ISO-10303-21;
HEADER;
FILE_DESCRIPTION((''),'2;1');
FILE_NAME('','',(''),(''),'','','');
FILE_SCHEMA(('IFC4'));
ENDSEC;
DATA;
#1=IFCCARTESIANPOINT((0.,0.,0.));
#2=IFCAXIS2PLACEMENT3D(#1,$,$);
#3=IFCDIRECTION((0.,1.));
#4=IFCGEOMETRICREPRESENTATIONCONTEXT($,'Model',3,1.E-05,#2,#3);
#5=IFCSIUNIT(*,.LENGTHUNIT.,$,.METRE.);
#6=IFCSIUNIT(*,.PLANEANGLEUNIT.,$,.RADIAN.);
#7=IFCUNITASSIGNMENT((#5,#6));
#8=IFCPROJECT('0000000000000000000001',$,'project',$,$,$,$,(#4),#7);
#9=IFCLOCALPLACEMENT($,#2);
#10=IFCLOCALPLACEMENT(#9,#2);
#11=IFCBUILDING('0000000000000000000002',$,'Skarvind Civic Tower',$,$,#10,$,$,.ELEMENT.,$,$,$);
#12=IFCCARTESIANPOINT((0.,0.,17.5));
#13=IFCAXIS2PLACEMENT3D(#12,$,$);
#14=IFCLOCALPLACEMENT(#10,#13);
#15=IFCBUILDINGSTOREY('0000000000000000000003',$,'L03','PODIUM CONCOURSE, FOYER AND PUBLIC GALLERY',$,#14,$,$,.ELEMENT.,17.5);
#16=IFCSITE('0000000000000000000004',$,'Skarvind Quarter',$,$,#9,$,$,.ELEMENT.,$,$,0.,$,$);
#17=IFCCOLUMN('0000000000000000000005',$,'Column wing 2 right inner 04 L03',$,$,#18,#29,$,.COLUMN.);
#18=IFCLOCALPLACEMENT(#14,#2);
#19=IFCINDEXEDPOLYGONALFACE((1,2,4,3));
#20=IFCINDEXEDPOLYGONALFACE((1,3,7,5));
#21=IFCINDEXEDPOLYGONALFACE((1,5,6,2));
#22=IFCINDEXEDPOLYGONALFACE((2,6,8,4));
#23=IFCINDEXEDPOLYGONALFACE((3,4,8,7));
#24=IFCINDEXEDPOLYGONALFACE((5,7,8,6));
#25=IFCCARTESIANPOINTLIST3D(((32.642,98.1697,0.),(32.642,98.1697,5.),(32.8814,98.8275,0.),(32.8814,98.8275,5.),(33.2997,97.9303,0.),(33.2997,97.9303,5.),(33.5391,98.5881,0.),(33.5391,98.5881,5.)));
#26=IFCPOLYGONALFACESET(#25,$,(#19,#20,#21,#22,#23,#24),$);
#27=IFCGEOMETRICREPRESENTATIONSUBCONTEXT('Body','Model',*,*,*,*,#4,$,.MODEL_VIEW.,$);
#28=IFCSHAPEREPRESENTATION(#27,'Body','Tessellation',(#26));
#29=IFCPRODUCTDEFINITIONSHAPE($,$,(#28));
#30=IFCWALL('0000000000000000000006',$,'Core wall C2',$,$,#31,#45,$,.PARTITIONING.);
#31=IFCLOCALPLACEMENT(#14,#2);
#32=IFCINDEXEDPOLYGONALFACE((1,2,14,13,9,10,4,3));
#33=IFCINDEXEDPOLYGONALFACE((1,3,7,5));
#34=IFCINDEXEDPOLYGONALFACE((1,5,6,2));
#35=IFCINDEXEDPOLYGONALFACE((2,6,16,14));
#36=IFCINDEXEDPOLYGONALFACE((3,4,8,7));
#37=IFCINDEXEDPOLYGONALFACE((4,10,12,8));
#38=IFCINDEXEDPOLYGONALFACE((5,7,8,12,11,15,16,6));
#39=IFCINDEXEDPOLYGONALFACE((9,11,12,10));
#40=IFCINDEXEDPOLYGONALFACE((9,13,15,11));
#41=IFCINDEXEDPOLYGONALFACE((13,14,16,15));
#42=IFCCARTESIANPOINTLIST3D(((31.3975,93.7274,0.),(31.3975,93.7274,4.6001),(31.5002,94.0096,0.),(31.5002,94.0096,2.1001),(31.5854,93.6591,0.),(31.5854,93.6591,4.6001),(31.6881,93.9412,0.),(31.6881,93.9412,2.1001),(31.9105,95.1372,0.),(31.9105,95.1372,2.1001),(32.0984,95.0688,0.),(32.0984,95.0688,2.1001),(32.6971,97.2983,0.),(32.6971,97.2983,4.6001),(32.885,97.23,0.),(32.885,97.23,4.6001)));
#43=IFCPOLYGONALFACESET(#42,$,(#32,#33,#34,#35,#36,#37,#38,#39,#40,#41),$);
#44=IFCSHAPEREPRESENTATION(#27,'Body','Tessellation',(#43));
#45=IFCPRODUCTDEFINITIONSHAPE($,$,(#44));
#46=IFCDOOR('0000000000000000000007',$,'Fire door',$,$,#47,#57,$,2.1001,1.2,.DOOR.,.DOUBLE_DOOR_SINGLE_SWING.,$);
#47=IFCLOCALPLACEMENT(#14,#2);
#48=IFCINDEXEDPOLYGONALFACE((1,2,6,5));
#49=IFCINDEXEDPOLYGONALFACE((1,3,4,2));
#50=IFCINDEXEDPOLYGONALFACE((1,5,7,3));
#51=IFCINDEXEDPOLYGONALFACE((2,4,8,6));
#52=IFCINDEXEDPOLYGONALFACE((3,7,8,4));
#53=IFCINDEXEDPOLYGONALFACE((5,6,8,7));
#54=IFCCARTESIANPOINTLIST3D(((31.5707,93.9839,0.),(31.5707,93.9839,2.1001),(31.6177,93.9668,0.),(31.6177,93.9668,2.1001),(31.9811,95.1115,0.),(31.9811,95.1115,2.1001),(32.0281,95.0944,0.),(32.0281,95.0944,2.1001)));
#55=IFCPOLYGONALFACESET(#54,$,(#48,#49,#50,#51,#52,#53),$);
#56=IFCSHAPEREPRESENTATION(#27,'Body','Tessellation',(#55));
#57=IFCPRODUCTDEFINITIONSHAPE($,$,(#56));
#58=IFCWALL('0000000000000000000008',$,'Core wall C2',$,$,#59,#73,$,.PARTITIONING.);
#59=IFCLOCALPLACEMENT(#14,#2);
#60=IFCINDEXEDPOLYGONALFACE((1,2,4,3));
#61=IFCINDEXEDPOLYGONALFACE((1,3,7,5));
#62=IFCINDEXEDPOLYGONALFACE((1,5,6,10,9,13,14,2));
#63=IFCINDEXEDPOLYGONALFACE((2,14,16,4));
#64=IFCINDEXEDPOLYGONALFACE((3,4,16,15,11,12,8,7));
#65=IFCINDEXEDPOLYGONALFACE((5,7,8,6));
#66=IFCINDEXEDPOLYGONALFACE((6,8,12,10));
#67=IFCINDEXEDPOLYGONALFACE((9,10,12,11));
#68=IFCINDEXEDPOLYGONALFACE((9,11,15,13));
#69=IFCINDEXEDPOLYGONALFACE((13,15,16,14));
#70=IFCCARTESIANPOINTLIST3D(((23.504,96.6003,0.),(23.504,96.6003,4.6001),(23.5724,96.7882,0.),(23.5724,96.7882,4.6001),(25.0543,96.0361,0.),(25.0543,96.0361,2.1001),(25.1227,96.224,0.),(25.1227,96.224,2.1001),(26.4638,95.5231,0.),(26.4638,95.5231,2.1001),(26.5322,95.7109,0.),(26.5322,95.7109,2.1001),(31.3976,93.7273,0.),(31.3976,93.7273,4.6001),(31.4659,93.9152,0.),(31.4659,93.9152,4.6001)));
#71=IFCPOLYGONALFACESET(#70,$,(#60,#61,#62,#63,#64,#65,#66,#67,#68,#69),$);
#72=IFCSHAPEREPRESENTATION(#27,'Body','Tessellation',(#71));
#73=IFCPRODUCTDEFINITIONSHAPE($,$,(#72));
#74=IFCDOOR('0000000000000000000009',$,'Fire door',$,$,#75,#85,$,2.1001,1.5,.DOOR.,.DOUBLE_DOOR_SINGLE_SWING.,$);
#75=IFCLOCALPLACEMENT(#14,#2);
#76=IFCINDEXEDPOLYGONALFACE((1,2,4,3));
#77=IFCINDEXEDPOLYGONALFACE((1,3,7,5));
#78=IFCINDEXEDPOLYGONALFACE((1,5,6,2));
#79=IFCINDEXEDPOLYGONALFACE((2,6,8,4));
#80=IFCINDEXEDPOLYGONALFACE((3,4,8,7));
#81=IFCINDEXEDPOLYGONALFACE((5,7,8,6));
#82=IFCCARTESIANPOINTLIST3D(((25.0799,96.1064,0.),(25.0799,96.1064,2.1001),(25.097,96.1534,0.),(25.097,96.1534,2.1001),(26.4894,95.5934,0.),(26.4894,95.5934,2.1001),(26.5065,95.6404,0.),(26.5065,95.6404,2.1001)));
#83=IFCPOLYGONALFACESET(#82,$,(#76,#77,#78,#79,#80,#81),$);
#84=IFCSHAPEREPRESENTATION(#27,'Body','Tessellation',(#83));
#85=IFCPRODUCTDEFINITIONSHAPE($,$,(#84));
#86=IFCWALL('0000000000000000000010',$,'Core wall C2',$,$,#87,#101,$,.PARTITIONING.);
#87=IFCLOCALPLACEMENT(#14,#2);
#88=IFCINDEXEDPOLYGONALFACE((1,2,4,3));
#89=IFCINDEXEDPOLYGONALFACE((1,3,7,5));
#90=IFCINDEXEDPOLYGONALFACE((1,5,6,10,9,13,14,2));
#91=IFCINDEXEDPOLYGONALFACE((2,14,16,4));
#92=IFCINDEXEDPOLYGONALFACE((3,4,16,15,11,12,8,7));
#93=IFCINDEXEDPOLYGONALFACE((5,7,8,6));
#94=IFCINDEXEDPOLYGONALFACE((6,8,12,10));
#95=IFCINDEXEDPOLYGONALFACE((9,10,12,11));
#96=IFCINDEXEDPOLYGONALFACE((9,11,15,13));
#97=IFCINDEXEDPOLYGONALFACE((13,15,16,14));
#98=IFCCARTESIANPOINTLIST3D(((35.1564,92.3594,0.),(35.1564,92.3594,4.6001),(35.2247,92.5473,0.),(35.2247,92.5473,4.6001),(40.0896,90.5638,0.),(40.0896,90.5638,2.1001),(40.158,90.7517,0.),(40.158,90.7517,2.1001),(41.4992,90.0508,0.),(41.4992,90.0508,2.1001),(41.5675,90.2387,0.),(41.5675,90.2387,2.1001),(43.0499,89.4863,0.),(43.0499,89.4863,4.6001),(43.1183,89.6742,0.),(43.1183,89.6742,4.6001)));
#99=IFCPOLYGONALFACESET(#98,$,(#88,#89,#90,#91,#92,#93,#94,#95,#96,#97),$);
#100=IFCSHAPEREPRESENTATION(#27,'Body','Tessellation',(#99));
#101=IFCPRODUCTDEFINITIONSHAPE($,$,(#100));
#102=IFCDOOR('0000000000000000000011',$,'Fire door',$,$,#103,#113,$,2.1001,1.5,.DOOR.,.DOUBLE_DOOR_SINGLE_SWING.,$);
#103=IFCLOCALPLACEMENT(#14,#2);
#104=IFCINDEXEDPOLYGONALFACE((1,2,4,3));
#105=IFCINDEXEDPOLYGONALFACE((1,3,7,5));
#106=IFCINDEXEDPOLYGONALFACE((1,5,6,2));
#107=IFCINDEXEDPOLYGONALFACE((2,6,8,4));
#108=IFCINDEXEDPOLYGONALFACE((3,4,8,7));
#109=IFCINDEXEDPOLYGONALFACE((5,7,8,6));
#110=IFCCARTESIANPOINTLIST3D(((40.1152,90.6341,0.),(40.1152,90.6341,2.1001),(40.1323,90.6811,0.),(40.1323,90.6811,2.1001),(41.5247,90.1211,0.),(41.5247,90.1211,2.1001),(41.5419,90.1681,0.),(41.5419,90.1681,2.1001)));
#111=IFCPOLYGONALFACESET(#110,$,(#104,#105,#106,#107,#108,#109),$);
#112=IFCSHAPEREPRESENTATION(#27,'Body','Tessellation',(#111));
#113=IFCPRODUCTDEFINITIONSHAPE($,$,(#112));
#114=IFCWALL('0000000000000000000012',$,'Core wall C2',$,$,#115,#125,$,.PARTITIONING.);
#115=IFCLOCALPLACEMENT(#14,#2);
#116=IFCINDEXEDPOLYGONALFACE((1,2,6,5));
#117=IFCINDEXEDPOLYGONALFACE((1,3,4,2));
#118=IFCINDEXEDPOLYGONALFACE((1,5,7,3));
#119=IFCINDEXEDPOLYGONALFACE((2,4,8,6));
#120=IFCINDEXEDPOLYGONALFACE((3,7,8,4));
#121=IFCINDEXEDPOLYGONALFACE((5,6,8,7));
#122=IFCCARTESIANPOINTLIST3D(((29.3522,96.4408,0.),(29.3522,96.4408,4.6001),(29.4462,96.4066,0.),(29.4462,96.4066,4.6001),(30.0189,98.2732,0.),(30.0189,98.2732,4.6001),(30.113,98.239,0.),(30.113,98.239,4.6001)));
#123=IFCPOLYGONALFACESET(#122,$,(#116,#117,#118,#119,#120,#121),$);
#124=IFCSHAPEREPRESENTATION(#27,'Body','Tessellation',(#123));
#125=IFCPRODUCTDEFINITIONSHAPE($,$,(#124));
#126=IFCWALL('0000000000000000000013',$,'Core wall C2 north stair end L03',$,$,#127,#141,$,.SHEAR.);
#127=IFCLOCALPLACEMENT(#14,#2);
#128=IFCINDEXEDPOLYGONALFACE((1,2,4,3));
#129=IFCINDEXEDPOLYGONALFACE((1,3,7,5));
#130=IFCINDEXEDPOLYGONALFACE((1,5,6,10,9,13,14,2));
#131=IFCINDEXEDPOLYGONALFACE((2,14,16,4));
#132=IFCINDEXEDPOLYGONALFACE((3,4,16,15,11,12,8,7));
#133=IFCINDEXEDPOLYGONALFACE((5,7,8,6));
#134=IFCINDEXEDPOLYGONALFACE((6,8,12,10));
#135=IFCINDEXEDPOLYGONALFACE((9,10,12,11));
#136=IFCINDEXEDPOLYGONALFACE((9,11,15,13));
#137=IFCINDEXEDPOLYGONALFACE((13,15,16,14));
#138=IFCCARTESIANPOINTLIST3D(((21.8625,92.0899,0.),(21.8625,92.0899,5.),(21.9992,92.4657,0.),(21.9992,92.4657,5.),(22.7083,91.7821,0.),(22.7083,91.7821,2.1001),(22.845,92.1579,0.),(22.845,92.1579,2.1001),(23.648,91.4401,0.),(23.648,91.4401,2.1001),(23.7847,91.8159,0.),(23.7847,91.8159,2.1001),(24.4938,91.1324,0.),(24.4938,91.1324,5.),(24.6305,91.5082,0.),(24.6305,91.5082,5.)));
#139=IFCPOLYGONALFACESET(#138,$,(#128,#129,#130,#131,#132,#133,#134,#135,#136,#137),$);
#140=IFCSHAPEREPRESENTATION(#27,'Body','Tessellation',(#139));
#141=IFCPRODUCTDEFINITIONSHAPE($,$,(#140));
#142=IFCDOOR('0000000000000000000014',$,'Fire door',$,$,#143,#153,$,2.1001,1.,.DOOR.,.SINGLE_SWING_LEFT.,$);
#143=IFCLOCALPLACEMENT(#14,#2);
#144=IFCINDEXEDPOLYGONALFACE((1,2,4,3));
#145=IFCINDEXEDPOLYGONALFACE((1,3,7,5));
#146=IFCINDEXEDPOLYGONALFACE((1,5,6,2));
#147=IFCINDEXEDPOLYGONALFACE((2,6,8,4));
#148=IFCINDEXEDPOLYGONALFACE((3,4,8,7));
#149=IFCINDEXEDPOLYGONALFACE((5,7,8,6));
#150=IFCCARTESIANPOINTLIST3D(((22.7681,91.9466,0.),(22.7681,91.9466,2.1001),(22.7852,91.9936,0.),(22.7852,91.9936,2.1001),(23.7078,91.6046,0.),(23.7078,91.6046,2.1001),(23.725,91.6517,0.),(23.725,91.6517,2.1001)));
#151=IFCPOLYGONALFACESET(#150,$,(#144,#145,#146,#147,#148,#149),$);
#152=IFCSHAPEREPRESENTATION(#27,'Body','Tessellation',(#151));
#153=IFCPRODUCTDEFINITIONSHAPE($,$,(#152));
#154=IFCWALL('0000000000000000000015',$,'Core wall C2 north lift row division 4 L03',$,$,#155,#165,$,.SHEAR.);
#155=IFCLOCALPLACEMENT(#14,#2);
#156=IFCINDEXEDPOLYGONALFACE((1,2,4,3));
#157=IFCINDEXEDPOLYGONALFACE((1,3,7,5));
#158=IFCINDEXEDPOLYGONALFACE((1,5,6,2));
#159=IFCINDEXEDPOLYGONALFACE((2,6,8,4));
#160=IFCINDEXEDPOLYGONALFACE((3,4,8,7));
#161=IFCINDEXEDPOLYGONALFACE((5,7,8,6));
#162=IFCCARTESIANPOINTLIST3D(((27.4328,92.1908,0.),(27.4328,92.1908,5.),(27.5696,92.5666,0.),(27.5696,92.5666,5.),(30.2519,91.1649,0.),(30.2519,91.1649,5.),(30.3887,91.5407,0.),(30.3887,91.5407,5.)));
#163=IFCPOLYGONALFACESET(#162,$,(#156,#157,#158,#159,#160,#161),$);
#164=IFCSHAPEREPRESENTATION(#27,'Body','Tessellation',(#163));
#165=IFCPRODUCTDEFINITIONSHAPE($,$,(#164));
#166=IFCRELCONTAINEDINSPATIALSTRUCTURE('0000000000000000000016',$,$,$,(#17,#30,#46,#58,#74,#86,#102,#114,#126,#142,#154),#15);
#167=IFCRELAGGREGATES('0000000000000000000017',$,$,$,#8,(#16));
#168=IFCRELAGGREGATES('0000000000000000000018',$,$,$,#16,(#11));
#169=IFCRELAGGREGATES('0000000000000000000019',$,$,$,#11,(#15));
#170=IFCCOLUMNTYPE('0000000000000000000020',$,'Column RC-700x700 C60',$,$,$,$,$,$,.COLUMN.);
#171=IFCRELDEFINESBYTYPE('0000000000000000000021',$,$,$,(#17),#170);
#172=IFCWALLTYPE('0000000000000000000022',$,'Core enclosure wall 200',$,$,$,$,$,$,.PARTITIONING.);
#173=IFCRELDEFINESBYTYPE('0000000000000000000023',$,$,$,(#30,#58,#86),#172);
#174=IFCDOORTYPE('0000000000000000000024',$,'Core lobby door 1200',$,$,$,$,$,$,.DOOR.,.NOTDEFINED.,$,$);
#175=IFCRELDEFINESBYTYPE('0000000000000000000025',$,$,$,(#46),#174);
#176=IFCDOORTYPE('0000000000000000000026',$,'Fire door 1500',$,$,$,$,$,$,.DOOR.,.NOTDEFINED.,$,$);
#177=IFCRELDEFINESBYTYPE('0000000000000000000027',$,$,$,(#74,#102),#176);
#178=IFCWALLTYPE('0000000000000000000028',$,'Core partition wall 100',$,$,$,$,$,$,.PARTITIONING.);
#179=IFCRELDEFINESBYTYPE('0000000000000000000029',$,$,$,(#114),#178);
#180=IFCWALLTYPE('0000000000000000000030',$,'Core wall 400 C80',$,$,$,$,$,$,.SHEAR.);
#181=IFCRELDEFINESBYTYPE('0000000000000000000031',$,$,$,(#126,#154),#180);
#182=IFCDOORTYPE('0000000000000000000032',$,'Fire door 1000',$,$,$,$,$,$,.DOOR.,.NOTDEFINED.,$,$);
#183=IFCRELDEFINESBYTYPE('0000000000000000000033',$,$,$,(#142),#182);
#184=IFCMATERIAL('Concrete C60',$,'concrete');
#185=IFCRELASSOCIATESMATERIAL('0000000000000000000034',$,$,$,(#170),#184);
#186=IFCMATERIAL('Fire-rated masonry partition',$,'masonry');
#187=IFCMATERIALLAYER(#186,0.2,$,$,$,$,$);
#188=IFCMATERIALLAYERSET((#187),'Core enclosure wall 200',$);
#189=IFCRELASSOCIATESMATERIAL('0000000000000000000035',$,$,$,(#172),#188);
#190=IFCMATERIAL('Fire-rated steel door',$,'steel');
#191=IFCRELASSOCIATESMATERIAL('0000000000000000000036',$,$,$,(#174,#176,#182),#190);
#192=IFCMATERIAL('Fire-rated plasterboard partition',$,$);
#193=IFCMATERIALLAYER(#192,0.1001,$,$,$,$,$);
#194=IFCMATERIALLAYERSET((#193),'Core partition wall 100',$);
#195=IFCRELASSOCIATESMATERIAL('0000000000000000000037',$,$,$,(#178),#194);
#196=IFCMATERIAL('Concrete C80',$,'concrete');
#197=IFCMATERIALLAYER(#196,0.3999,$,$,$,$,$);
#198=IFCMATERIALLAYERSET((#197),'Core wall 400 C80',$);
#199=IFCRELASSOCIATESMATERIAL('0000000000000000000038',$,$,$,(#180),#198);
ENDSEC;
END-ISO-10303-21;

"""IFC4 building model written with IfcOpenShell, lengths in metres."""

from ifc_helpers import new_model, si_unit, direction, frame, frame_2d, origin, origin_2d, place, context, subcontext, project, spatial, rectangle, extrude, material, layer, layer_set, material_profile, profile_set, type_object, element, fill, save


model = new_model("IFC4")

# Units and contexts
model_context = context("Model", 3, precision=1e-05, world=origin(), true_north=direction((0.0, 1.0)))
body_context = subcontext(model_context, "Body", "Model", "MODEL_VIEW")
ifc_project = project(units=[si_unit("LENGTHUNIT", "METRE"), si_unit("PLANEANGLEUNIT", "RADIAN")], contexts=[model_context])

# Site, building, storey
site_placement = place(None, origin())
site = spatial("IfcSite", under=ifc_project, at=site_placement, Name="Skarvind Quarter", CompositionType="ELEMENT", RefElevation=0.0)
building_placement = place(site_placement, origin())
building = spatial("IfcBuilding", under=site, at=building_placement, Name="Skarvind Civic Tower", CompositionType="ELEMENT")
storey_placement = place(building_placement, frame((0.0, 0.0, 17.5)))
storey = spatial("IfcBuildingStorey", under=building, at=storey_placement, Name="L03", Description="PODIUM CONCOURSE, FOYER AND PUBLIC GALLERY", CompositionType="ELEMENT", Elevation=17.5)

# Column
ifc_material_1 = material(Name="Concrete C60", Category="concrete")
ifc_material_profile = material_profile(ifc_material_1, rectangle(XDim=0.7, YDim=0.7, at=origin_2d()), Name="RC-700x700")
ifc_profile_set = profile_set([ifc_material_profile], Name="Concrete C60")
column_type = type_object("IfcColumnType", Name="Column RC-700x700 C60", PredefinedType="COLUMN", material=ifc_profile_set)
column_placement = place(storey_placement, frame((33.0906, 98.3789, 0.0), z_axis=(0.0, 0.0, 1.0), x_axis=(-0.34202, -0.939693, 0.0)))
element("IfcColumn", 1, at=column_placement, inside=storey, type_object=column_type, Name="Column wing 2 right inner 04 L03", PredefinedType="COLUMN", context=body_context, shape_type="SweptSolid", body=[
    extrude(rectangle(XDim=0.7, YDim=0.7, at=origin_2d()), origin(), (0.0, 0.0, 1.0), 5.0),
])

# Walls, openings, doors
ifc_material_2 = material(Name="Fire-rated masonry partition", Category="masonry")
ifc_layer_1 = layer(ifc_material_2, 0.2)
ifc_layer_set_1 = layer_set([ifc_layer_1], Name="Core enclosure wall 200")
wall_type_1 = type_object("IfcWallType", Name="Core enclosure wall 200", PredefinedType="PARTITIONING", material=ifc_layer_set_1)
wall_1_placement = place(storey_placement, frame((31.4915, 93.6934, 0.0), z_axis=(0.0, 0.0, 1.0), x_axis=(0.341996, 0.939701, 0.0)))
wall_1 = element("IfcWall", 2, at=wall_1_placement, inside=storey, type_object=wall_type_1, Name="Core wall C2", PredefinedType="PARTITIONING", context=body_context, shape_type="SweptSolid", body=[
    extrude(rectangle(XDim=3.8, YDim=0.2, at=frame_2d((1.8999, 0.0))), origin(), (0.0, 0.0, 1.0), 4.6001),
])
opening_1_placement = place(wall_1_placement, frame((0.3, 0.0, 0.0)))
opening_1 = element("IfcOpeningElement", 3, at=opening_1_placement, cuts=wall_1, PredefinedType="OPENING", context=body_context, shape_type="SweptSolid", body=[
    extrude(rectangle(XDim=1.2, YDim=2.1001, at=frame_2d((0.6001, 1.05))), frame((0.0, 0.1099, 0.0), z_axis=(0.0, -1.0, 0.0), x_axis=(1.0, 0.0, 0.0)), (0.0, 0.0, 1.0), 0.22),
])
ifc_material_3 = material(Name="Fire-rated steel door", Category="steel")
door_type_1 = type_object("IfcDoorType", Name="Core lobby door 1200", OperationType="NOTDEFINED", PredefinedType="DOOR", material=ifc_material_3)
door_1_placement = place(opening_1_placement, origin())
door_1 = element("IfcDoor", 4, at=door_1_placement, inside=storey, type_object=door_type_1, Name="Fire door", OperationType="DOUBLE_DOOR_SINGLE_SWING", OverallHeight=2.1001, OverallWidth=1.2, PredefinedType="DOOR", context=body_context, shape_type="SweptSolid", body=[
    extrude(rectangle(XDim=1.2, YDim=2.1001, at=frame_2d((0.6001, 1.05))), frame((0.0, 0.0249, 0.0), z_axis=(0.0, -1.0, 0.0), x_axis=(1.0, 0.0, 0.0)), (0.0, 0.0, 1.0), 0.05),
])
fill(opening_1, door_1)
wall_2_placement = place(storey_placement, frame((23.5381, 96.6943, 0.0), z_axis=(0.0, 0.0, 1.0), x_axis=(0.939692, -0.342023, 0.0)))
wall_2 = element("IfcWall", 5, at=wall_2_placement, inside=storey, type_object=wall_type_1, Name="Core wall C2", PredefinedType="PARTITIONING", context=body_context, shape_type="SweptSolid", body=[
    extrude(rectangle(XDim=8.4001, YDim=0.2, at=frame_2d((4.2002, 0.0))), origin(), (0.0, 0.0, 1.0), 4.6001),
])
opening_2_placement = place(wall_2_placement, frame((1.6499, 0.0, 0.0)))
opening_2 = element("IfcOpeningElement", 6, at=opening_2_placement, cuts=wall_2, PredefinedType="OPENING", context=body_context, shape_type="SweptSolid", body=[
    extrude(rectangle(XDim=1.5, YDim=2.1001, at=frame_2d((0.75, 1.05))), frame((0.0, 0.1099, 0.0), z_axis=(0.0, -1.0, 0.0), x_axis=(1.0, 0.0, 0.0)), (0.0, 0.0, 1.0), 0.22),
])
door_type_2 = type_object("IfcDoorType", Name="Fire door 1500", OperationType="NOTDEFINED", PredefinedType="DOOR", material=ifc_material_3)
door_2_placement = place(opening_2_placement, origin())
door_2 = element("IfcDoor", 7, at=door_2_placement, inside=storey, type_object=door_type_2, Name="Fire door", OperationType="DOUBLE_DOOR_SINGLE_SWING", OverallHeight=2.1001, OverallWidth=1.5, PredefinedType="DOOR", context=body_context, shape_type="SweptSolid", body=[
    extrude(rectangle(XDim=1.5, YDim=2.1001, at=frame_2d((0.75, 1.05))), frame((0.0, 0.0249, 0.0), z_axis=(0.0, -1.0, 0.0), x_axis=(1.0, 0.0, 0.0)), (0.0, 0.0, 1.0), 0.05),
])
fill(opening_2, door_2)
wall_3_placement = place(storey_placement, frame((35.1904, 92.4534, 0.0), z_axis=(0.0, 0.0, 1.0), x_axis=(0.939692, -0.342023, 0.0)))
wall_3 = element("IfcWall", 8, at=wall_3_placement, inside=storey, type_object=wall_type_1, Name="Core wall C2", PredefinedType="PARTITIONING", context=body_context, shape_type="SweptSolid", body=[
    extrude(rectangle(XDim=8.4001, YDim=0.2, at=frame_2d((4.2002, 0.0))), origin(), (0.0, 0.0, 1.0), 4.6001),
])
opening_3_placement = place(wall_3_placement, frame((5.25, 0.0, 0.0)))
opening_3 = element("IfcOpeningElement", 9, at=opening_3_placement, cuts=wall_3, PredefinedType="OPENING", context=body_context, shape_type="SweptSolid", body=[
    extrude(rectangle(XDim=1.5, YDim=2.1001, at=frame_2d((0.75, 1.05))), frame((0.0, 0.1099, 0.0), z_axis=(0.0, -1.0, 0.0), x_axis=(1.0, 0.0, 0.0)), (0.0, 0.0, 1.0), 0.22),
])
door_3_placement = place(opening_3_placement, origin())
door_3 = element("IfcDoor", 10, at=door_3_placement, inside=storey, type_object=door_type_2, Name="Fire door", OperationType="DOUBLE_DOOR_SINGLE_SWING", OverallHeight=2.1001, OverallWidth=1.5, PredefinedType="DOOR", context=body_context, shape_type="SweptSolid", body=[
    extrude(rectangle(XDim=1.5, YDim=2.1001, at=frame_2d((0.75, 1.05))), frame((0.0, 0.0249, 0.0), z_axis=(0.0, -1.0, 0.0), x_axis=(1.0, 0.0, 0.0)), (0.0, 0.0, 1.0), 0.05),
])
fill(opening_3, door_3)

# Wall
ifc_material_4 = material(Name="Fire-rated plasterboard partition")
ifc_layer_2 = layer(ifc_material_4, 0.1001)
ifc_layer_set_2 = layer_set([ifc_layer_2], Name="Core partition wall 100")
wall_type_2 = type_object("IfcWallType", Name="Core partition wall 100", PredefinedType="PARTITIONING", material=ifc_layer_set_2)
wall_4_placement = place(storey_placement, frame((29.3992, 96.4236, 0.0), z_axis=(0.0, 0.0, 1.0), x_axis=(0.341914, 0.939731, 0.0)))
element("IfcWall", 11, at=wall_4_placement, inside=storey, type_object=wall_type_2, Name="Core wall C2", PredefinedType="PARTITIONING", context=body_context, shape_type="SweptSolid", body=[
    extrude(rectangle(XDim=1.95, YDim=0.1001, at=frame_2d((0.9751, 0.0))), origin(), (0.0, 0.0, 1.0), 4.6001),
])

# Wall, opening, door
ifc_material_5 = material(Name="Concrete C80", Category="concrete")
ifc_layer_3 = layer(ifc_material_5, 0.3999)
ifc_layer_set_3 = layer_set([ifc_layer_3], Name="Core wall 400 C80")
wall_type_3 = type_object("IfcWallType", Name="Core wall 400 C80", PredefinedType="SHEAR", material=ifc_layer_set_3)
wall_5_placement = place(storey_placement, frame((24.562, 91.3203, 0.0), z_axis=(0.0, 0.0, 1.0), x_axis=(-0.939717, 0.341953, 0.0)))
wall_5 = element("IfcWall", 12, at=wall_5_placement, inside=storey, type_object=wall_type_3, Name="Core wall C2 north stair end L03", PredefinedType="SHEAR", context=body_context, shape_type="SweptSolid", body=[
    extrude(rectangle(XDim=2.8, YDim=0.3999, at=frame_2d((1.3999, 0.0))), origin(), (0.0, 0.0, 1.0), 5.0),
])
opening_4_placement = place(wall_5_placement, frame((0.8999, 0.0, 0.0)))
opening_4 = element("IfcOpeningElement", 13, at=opening_4_placement, cuts=wall_5, PredefinedType="OPENING", context=body_context, shape_type="SweptSolid", body=[
    extrude(rectangle(XDim=1.0, YDim=2.1001, at=frame_2d((0.5, 1.05))), frame((0.0, 0.21, 0.0), z_axis=(0.0, -1.0, 0.0), x_axis=(1.0, 0.0, 0.0)), (0.0, 0.0, 1.0), 0.4199),
])
door_type_3 = type_object("IfcDoorType", Name="Fire door 1000", OperationType="NOTDEFINED", PredefinedType="DOOR", material=ifc_material_3)
door_4_placement = place(opening_4_placement, origin())
door_4 = element("IfcDoor", 14, at=door_4_placement, inside=storey, type_object=door_type_3, Name="Fire door", OperationType="SINGLE_SWING_LEFT", OverallHeight=2.1001, OverallWidth=1.0, PredefinedType="DOOR", context=body_context, shape_type="SweptSolid", body=[
    extrude(rectangle(XDim=1.0, YDim=2.1001, at=frame_2d((0.5, 1.05))), frame((0.0, 0.0249, 0.0), z_axis=(0.0, -1.0, 0.0), x_axis=(1.0, 0.0, 0.0)), (0.0, 0.0, 1.0), 0.05),
])
fill(opening_4, door_4)

# Wall
for number, where, z_axis, x_axis, name in (
    (15, (30.3203, 91.3528, 0.0), (0.0, 0.0, 1.0), (-0.939713, 0.341965, 0.0), "Core wall C2 north lift row division 4 L03"),
):
    element("IfcWall", number, at=place(storey_placement, frame(where, z_axis=z_axis, x_axis=x_axis)), inside=storey, type_object=wall_type_3, Name=name, PredefinedType="SHEAR", context=body_context, shape_type="SweptSolid", body=[
        extrude(rectangle(XDim=3.0, YDim=0.3999, at=frame_2d((1.5, 0.0))), origin(), (0.0, 0.0, 1.0), 5.0),
    ])

save(model, "model.ifc")
